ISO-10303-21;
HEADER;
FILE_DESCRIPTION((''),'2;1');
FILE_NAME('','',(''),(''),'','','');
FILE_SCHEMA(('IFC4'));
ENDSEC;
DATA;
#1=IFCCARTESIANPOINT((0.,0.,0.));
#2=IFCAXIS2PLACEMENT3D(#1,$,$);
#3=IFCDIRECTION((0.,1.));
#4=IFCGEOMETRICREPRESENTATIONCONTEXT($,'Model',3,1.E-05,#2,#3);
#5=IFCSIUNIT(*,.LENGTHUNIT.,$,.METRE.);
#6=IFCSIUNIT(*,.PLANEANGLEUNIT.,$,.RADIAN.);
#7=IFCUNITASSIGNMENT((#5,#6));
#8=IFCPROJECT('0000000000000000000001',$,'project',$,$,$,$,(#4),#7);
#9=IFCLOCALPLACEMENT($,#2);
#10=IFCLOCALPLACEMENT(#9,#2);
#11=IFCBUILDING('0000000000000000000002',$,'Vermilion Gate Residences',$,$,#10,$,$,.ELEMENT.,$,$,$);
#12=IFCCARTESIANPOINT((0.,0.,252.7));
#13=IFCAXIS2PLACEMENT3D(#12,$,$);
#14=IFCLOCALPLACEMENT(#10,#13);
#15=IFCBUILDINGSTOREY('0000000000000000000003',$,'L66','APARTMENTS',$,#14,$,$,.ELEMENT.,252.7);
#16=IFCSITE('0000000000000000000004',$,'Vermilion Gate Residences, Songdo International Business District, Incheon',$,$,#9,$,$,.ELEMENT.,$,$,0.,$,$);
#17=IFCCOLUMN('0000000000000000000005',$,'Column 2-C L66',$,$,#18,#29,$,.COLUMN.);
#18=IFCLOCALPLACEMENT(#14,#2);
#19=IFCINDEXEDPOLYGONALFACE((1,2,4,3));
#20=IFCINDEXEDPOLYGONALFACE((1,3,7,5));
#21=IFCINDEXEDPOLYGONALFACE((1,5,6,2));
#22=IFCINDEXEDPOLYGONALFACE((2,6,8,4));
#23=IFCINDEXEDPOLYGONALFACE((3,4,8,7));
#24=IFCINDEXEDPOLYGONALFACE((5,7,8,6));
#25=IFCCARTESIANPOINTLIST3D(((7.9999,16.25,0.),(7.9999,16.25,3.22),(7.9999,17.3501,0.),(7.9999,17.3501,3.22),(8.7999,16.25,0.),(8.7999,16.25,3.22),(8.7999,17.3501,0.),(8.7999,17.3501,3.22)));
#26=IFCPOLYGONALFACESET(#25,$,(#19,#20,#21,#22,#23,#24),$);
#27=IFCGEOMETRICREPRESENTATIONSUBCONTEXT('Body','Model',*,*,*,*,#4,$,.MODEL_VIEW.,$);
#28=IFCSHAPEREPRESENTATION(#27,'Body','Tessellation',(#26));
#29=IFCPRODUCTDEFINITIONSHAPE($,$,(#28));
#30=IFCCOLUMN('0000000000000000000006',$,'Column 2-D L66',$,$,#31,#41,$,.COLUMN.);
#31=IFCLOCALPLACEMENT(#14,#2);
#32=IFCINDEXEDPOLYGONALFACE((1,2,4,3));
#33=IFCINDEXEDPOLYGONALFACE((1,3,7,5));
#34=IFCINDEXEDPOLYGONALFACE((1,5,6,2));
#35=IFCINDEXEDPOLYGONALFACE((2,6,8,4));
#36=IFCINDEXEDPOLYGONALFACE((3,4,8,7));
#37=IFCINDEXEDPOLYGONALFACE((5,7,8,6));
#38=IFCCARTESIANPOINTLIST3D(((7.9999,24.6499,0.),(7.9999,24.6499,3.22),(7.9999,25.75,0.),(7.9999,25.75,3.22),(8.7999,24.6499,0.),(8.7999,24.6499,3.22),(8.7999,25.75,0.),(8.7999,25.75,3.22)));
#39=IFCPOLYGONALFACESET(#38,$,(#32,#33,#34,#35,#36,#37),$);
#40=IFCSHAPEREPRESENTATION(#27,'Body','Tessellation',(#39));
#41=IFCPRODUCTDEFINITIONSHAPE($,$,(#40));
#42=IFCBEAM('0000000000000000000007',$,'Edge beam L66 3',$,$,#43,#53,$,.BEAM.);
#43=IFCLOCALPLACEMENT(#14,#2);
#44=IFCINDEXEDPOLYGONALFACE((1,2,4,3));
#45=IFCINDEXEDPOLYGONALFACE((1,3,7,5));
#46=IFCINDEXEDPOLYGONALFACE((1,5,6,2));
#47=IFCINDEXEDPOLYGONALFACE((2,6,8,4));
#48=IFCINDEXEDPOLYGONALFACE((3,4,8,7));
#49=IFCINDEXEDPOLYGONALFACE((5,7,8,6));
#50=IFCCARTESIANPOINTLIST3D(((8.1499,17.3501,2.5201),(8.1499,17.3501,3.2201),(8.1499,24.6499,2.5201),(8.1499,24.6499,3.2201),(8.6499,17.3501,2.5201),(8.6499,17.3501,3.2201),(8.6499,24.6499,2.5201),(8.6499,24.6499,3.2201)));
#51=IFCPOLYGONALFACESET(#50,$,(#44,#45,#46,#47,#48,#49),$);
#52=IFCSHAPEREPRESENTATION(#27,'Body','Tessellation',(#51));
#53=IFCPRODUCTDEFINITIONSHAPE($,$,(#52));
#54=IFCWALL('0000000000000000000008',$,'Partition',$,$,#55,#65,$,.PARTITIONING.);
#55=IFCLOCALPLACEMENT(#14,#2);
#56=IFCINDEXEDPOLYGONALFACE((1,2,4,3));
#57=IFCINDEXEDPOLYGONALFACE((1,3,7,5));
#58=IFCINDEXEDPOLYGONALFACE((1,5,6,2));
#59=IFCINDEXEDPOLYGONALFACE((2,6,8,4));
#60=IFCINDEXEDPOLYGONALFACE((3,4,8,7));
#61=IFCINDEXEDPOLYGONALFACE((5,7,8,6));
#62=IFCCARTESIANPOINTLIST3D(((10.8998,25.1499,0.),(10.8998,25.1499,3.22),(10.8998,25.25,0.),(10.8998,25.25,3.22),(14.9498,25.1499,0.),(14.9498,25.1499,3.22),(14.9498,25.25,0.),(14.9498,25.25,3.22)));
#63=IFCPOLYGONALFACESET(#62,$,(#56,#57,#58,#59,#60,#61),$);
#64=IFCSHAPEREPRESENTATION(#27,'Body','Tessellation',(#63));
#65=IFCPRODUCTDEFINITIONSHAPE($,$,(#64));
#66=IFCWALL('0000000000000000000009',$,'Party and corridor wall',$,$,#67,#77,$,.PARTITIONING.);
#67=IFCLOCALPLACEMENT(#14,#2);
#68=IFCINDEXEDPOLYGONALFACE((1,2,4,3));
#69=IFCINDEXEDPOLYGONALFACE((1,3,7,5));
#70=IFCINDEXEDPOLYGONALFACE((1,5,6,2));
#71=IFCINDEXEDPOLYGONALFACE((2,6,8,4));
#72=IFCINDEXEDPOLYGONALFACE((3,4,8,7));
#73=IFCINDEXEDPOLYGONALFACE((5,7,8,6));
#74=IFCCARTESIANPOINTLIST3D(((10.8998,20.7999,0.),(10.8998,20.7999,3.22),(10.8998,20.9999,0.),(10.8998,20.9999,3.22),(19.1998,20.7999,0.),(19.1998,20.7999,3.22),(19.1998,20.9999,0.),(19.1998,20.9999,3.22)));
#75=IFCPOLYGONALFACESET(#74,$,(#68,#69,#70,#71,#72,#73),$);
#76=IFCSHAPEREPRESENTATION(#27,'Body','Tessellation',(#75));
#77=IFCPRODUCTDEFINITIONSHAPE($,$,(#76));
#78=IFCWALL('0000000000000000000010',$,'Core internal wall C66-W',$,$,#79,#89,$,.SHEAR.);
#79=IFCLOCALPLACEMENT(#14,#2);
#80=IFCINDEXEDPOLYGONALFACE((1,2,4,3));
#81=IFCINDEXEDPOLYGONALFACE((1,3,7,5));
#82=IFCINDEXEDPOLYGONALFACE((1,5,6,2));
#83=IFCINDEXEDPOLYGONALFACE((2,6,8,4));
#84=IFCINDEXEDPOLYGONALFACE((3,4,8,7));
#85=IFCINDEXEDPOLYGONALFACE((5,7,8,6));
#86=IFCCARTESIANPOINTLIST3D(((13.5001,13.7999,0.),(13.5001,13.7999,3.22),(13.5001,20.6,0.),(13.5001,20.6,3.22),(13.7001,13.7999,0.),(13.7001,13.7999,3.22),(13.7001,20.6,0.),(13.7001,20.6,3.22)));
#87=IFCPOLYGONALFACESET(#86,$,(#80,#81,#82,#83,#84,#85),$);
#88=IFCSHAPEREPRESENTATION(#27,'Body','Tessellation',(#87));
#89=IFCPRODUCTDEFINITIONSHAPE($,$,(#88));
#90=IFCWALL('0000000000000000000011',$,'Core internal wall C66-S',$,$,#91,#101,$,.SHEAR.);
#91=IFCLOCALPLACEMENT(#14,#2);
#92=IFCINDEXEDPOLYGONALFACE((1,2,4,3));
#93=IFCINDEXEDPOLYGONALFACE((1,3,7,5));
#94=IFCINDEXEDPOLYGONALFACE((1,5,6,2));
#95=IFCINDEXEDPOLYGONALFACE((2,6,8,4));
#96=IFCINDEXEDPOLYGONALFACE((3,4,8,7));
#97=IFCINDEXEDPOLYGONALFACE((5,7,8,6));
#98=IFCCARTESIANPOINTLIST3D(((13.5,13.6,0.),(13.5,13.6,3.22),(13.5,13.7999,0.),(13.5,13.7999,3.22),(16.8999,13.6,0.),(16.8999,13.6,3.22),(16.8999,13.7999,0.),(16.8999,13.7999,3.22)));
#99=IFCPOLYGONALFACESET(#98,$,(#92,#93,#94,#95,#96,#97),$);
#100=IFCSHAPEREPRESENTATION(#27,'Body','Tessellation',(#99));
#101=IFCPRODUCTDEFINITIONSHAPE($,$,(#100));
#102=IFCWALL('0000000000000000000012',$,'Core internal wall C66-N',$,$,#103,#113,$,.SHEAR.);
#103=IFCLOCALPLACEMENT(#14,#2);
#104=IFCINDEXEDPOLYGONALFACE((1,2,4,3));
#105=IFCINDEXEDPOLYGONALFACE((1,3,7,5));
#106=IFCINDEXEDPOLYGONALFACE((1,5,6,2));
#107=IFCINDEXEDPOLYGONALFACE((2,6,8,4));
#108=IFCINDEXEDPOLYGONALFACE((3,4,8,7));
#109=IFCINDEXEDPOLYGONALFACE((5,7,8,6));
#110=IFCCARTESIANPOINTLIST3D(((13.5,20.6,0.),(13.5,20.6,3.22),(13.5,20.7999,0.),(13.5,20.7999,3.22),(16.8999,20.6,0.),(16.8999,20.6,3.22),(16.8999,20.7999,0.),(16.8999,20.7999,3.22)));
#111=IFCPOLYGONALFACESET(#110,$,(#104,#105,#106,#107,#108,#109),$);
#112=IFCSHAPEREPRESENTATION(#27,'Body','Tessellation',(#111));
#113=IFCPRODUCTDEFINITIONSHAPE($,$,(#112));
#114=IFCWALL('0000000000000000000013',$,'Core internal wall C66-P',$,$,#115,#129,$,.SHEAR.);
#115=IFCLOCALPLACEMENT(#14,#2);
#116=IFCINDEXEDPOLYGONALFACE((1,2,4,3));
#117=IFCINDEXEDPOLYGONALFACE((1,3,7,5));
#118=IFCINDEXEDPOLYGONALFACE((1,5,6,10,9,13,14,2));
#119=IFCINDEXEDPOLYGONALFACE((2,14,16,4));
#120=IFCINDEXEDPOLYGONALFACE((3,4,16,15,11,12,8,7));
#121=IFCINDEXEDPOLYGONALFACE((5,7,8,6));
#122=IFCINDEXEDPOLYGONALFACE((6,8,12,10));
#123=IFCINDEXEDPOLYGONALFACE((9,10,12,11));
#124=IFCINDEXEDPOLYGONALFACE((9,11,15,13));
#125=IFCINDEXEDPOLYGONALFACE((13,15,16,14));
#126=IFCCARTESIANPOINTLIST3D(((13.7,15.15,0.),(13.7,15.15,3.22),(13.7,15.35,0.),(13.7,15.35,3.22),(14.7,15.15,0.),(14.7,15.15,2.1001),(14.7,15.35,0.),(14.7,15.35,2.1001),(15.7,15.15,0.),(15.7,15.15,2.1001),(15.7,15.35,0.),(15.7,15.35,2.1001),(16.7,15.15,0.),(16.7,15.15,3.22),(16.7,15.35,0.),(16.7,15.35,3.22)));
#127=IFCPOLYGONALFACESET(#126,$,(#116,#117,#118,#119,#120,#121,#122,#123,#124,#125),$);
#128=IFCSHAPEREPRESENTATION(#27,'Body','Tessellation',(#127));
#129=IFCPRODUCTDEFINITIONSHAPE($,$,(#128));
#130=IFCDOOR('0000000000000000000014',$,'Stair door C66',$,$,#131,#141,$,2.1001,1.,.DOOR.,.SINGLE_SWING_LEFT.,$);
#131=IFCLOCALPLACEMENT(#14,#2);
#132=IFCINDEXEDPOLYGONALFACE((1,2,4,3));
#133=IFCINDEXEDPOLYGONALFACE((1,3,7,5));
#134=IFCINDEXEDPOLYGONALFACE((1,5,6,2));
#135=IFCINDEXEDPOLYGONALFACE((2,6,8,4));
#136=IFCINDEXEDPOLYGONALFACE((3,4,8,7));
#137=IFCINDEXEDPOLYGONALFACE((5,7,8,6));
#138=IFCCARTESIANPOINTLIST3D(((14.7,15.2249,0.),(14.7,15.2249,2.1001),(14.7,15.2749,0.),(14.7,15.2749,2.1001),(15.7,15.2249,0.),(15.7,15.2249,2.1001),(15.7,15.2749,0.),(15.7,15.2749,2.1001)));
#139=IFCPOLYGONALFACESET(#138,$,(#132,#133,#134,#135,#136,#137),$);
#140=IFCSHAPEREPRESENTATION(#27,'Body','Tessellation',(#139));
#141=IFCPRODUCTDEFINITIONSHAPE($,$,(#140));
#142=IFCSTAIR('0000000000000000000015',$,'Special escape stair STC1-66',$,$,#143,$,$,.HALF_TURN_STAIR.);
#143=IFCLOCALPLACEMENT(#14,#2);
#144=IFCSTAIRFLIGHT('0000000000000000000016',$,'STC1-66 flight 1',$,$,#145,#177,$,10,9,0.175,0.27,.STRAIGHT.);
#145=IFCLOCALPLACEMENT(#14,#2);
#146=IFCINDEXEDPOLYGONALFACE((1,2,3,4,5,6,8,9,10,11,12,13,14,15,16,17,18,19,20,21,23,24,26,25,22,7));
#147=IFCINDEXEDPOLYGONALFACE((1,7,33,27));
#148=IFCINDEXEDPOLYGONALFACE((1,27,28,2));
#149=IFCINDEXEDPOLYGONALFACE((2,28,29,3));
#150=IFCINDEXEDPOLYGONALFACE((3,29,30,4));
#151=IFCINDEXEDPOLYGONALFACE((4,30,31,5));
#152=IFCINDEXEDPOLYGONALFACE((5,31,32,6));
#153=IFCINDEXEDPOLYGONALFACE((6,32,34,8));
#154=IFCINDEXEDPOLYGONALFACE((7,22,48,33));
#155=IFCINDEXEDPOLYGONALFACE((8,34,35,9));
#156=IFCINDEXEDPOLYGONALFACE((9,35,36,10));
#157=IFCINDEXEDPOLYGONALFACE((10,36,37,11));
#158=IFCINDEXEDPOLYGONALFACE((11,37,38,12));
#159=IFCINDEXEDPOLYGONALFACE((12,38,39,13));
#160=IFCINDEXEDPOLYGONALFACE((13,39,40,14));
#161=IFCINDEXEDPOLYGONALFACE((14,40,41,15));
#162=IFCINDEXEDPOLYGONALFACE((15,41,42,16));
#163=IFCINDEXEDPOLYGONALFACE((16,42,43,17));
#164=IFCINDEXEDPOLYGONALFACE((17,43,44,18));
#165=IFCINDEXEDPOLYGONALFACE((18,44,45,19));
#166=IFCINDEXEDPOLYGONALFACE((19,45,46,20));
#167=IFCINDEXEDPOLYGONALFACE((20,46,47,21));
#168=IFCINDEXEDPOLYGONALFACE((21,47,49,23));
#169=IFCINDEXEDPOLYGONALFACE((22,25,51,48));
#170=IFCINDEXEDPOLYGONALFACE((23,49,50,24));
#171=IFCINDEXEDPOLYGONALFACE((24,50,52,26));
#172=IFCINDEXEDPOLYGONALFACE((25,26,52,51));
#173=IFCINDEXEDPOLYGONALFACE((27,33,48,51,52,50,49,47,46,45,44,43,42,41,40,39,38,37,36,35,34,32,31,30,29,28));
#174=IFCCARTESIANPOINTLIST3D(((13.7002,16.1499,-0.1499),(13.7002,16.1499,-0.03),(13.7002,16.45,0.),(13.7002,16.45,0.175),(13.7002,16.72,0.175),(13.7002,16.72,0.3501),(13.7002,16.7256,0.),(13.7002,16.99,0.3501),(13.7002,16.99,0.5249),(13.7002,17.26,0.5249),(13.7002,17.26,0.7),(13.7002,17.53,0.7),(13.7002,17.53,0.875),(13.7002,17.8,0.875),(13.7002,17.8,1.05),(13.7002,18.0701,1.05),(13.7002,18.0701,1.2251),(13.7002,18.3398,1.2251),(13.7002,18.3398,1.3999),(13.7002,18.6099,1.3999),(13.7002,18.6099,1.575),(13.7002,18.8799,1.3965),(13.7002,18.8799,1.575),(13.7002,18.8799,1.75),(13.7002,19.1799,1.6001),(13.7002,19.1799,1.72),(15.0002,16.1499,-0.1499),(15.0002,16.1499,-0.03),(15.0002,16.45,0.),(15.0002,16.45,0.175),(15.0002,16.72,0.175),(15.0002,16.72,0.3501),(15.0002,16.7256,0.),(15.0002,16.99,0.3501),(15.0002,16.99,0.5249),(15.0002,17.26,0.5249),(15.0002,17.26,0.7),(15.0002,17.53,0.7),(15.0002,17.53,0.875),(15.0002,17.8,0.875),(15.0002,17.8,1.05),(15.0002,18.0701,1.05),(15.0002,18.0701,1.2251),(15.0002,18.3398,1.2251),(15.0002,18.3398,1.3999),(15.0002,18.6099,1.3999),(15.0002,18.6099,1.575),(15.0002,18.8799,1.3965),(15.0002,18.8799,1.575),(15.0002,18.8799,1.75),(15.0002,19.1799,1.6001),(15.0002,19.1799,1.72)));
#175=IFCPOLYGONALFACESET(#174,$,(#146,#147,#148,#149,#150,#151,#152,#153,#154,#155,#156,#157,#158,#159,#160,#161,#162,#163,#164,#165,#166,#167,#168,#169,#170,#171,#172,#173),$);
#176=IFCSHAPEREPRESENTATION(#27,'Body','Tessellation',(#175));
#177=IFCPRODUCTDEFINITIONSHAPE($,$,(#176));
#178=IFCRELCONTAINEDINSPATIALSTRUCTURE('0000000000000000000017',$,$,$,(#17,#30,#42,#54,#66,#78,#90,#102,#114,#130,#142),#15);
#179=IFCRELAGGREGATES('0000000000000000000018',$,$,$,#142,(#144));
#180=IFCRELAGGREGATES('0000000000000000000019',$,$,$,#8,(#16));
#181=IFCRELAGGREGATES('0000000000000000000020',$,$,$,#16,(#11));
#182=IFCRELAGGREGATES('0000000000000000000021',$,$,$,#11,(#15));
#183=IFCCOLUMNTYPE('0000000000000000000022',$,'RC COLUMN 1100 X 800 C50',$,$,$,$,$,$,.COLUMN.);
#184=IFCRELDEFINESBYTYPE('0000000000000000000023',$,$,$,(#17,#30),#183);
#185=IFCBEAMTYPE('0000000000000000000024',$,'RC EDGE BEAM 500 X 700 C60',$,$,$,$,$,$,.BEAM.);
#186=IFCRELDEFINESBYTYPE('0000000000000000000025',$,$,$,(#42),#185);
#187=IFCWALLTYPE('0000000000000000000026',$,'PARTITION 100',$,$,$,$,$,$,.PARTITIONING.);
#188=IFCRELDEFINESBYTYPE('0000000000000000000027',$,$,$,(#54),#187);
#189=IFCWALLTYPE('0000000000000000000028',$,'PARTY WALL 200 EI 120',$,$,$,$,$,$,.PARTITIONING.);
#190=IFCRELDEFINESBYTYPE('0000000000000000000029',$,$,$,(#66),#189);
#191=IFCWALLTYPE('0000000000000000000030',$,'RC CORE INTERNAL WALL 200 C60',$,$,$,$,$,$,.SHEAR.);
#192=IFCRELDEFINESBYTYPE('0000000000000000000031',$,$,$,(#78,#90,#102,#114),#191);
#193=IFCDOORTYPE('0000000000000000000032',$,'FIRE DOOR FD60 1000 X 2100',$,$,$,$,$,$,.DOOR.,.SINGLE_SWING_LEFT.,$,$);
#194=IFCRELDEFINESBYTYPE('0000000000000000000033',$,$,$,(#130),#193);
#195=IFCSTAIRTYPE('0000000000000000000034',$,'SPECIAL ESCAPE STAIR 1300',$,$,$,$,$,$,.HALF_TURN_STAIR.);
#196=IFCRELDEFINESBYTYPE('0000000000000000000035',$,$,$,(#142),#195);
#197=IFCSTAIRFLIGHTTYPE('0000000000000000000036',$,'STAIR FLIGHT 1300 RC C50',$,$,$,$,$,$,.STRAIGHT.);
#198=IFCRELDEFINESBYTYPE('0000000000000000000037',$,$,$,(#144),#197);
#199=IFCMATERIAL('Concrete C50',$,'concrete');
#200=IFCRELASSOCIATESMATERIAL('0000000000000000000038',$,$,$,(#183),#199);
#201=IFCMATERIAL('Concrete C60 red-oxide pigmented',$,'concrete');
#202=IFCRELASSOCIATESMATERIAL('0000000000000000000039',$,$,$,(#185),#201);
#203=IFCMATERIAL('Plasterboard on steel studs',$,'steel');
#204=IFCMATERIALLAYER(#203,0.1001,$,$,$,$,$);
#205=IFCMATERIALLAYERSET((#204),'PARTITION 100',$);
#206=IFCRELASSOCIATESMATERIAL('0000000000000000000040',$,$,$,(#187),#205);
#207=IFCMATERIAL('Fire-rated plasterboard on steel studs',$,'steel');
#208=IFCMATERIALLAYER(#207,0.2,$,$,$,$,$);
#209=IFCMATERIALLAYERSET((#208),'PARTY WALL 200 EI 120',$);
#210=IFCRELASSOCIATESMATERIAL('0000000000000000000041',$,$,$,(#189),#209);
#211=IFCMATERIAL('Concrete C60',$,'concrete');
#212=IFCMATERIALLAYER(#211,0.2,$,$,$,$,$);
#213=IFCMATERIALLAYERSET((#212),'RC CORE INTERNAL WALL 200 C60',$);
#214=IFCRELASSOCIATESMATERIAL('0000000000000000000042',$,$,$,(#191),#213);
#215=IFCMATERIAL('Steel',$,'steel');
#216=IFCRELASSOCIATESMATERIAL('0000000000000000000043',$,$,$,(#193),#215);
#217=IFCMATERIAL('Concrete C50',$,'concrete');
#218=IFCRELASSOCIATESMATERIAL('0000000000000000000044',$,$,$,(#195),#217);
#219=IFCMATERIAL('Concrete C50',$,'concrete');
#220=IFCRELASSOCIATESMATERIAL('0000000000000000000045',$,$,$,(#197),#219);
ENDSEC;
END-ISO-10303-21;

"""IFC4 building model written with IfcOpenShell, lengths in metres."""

from ifc_helpers import new_model, si_unit, direction, frame, frame_2d, origin, origin_2d, place, context, subcontext, project, spatial, polyline, rectangle, outline, extrude, material, layer, layer_set, material_profile, profile_set, type_object, element, fill, aggregate, save


model = new_model("IFC4")

# Units and contexts
model_context = context("Model", 3, precision=1e-05, world=origin(), true_north=direction((0.0, 1.0)))
body_context = subcontext(model_context, "Body", "Model", "MODEL_VIEW")
ifc_project = project(units=[si_unit("LENGTHUNIT", "METRE"), si_unit("PLANEANGLEUNIT", "RADIAN")], contexts=[model_context])

# Site, building, storey
site_placement = place(None, origin())
site = spatial("IfcSite", under=ifc_project, at=site_placement, Name="Vermilion Gate Residences, Songdo International Business District, Incheon", CompositionType="ELEMENT", RefElevation=0.0)
building_placement = place(site_placement, origin())
building = spatial("IfcBuilding", under=site, at=building_placement, Name="Vermilion Gate Residences", CompositionType="ELEMENT")
storey_placement = place(building_placement, frame((0.0, 0.0, 252.7)))
storey = spatial("IfcBuildingStorey", under=building, at=storey_placement, Name="L66", Description="APARTMENTS", CompositionType="ELEMENT", Elevation=252.7)

# Columns
ifc_material_1 = material(Name="Concrete C50", Category="concrete")
ifc_material_profile_1 = material_profile(ifc_material_1, rectangle(XDim=1.1001, YDim=0.8, at=origin_2d()), Name="RC-1100x800")
ifc_profile_set_1 = profile_set([ifc_material_profile_1], Name="Concrete C50")
column_type = type_object("IfcColumnType", Name="RC COLUMN 1100 X 800 C50", PredefinedType="COLUMN", material=ifc_profile_set_1)
for number, where, z_axis, x_axis, name in (
    (1, (8.3999, 16.8, 0.0), (0.0, 0.0, 1.0), (0.0, 1.0, 0.0), "Column 2-C L66"),
    (2, (8.3999, 25.2, 0.0), (0.0, 0.0, 1.0), (0.0, 1.0, 0.0), "Column 2-D L66"),
):
    element("IfcColumn", number, at=place(storey_placement, frame(where, z_axis=z_axis, x_axis=x_axis)), inside=storey, type_object=column_type, Name=name, PredefinedType="COLUMN", context=body_context, shape_type="SweptSolid", body=[
        extrude(rectangle(XDim=1.1001, YDim=0.8, at=origin_2d()), origin(), (0.0, 0.0, 1.0), 3.22),
    ])

# Beam
ifc_material_2 = material(Name="Concrete C60 red-oxide pigmented", Category="concrete")
ifc_material_profile_2 = material_profile(ifc_material_2, rectangle(XDim=0.5, YDim=0.7, at=origin_2d()), Name="RC-500x700")
ifc_profile_set_2 = profile_set([ifc_material_profile_2], Name="Concrete C60 red-oxide pigmented")
beam_type = type_object("IfcBeamType", Name="RC EDGE BEAM 500 X 700 C60", PredefinedType="BEAM", material=ifc_profile_set_2)
beam_placement = place(storey_placement, frame((8.3999, 17.3501, 2.8701), z_axis=(0.0, 1.0, 0.0), x_axis=(-1.0, 0.0, 0.0)))
element("IfcBeam", 3, at=beam_placement, inside=storey, type_object=beam_type, Name="Edge beam L66 3", PredefinedType="BEAM", context=body_context, shape_type="SweptSolid", body=[
    extrude(rectangle(XDim=0.5, YDim=0.7, at=origin_2d()), origin(), (0.0, 0.0, 1.0), 7.2998),
])

# Walls
ifc_material_3 = material(Name="Plasterboard on steel studs", Category="steel")
ifc_layer_1 = layer(ifc_material_3, 0.1001)
ifc_layer_set_1 = layer_set([ifc_layer_1], Name="PARTITION 100")
wall_type_1 = type_object("IfcWallType", Name="PARTITION 100", PredefinedType="PARTITIONING", material=ifc_layer_set_1)
wall_1_placement = place(storey_placement, frame((10.8999, 25.2, 0.0), z_axis=(0.0, 0.0, 1.0), x_axis=(1.0, 0.0, 0.0)))
element("IfcWall", 4, at=wall_1_placement, inside=storey, type_object=wall_type_1, Name="Partition", PredefinedType="PARTITIONING", context=body_context, shape_type="SweptSolid", body=[
    extrude(rectangle(XDim=4.05, YDim=0.1001, at=frame_2d((2.0249, 0.0))), origin(), (0.0, 0.0, 1.0), 3.22),
])
ifc_material_4 = material(Name="Fire-rated plasterboard on steel studs", Category="steel")
ifc_layer_2 = layer(ifc_material_4, 0.2)
ifc_layer_set_2 = layer_set([ifc_layer_2], Name="PARTY WALL 200 EI 120")
wall_type_2 = type_object("IfcWallType", Name="PARTY WALL 200 EI 120", PredefinedType="PARTITIONING", material=ifc_layer_set_2)
wall_2_placement = place(storey_placement, frame((10.8999, 20.8999, 0.0), z_axis=(0.0, 0.0, 1.0), x_axis=(1.0, 0.0, 0.0)))
element("IfcWall", 5, at=wall_2_placement, inside=storey, type_object=wall_type_2, Name="Party and corridor wall", PredefinedType="PARTITIONING", context=body_context, shape_type="SweptSolid", body=[
    extrude(rectangle(XDim=8.3, YDim=0.2, at=frame_2d((4.1499, 0.0))), origin(), (0.0, 0.0, 1.0), 3.22),
])
ifc_material_5 = material(Name="Concrete C60", Category="concrete")
ifc_layer_3 = layer(ifc_material_5, 0.2)
ifc_layer_set_3 = layer_set([ifc_layer_3], Name="RC CORE INTERNAL WALL 200 C60")
wall_type_3 = type_object("IfcWallType", Name="RC CORE INTERNAL WALL 200 C60", PredefinedType="SHEAR", material=ifc_layer_set_3)
wall_3_placement = place(storey_placement, frame((13.6001, 13.8, 0.0), z_axis=(0.0, 0.0, 1.0), x_axis=(0.0, 1.0, 0.0)))
element("IfcWall", 6, at=wall_3_placement, inside=storey, type_object=wall_type_3, Name="Core internal wall C66-W", PredefinedType="SHEAR", context=body_context, shape_type="SweptSolid", body=[
    extrude(rectangle(XDim=6.8, YDim=0.2, at=frame_2d((3.3999, 0.0))), origin(), (0.0, 0.0, 1.0), 3.22),
])
for number, where, z_axis, x_axis, name in (
    (7, (13.5, 13.7, 0.0), (0.0, 0.0, 1.0), (1.0, 0.0, 0.0), "Core internal wall C66-S"),
    (8, (13.5, 20.7, 0.0), (0.0, 0.0, 1.0), (1.0, 0.0, 0.0), "Core internal wall C66-N"),
):
    element("IfcWall", number, at=place(storey_placement, frame(where, z_axis=z_axis, x_axis=x_axis)), inside=storey, type_object=wall_type_3, Name=name, PredefinedType="SHEAR", context=body_context, shape_type="SweptSolid", body=[
        extrude(rectangle(XDim=3.3999, YDim=0.2, at=frame_2d((1.7, 0.0))), origin(), (0.0, 0.0, 1.0), 3.22),
    ])

# Wall, opening, door
wall_4_placement = place(storey_placement, frame((13.7, 15.25, 0.0), z_axis=(0.0, 0.0, 1.0), x_axis=(1.0, 0.0, 0.0)))
wall_4 = element("IfcWall", 9, at=wall_4_placement, inside=storey, type_object=wall_type_3, Name="Core internal wall C66-P", PredefinedType="SHEAR", context=body_context, shape_type="SweptSolid", body=[
    extrude(rectangle(XDim=3.0, YDim=0.2, at=frame_2d((1.5, 0.0))), origin(), (0.0, 0.0, 1.0), 3.22),
])
opening_placement = place(wall_4_placement, frame((1.0, 0.0, 0.0)))
opening = element("IfcOpeningElement", 10, at=opening_placement, cuts=wall_4, PredefinedType="OPENING", context=body_context, shape_type="SweptSolid", body=[
    extrude(rectangle(XDim=1.0, YDim=2.1001, at=frame_2d((0.5, 1.05))), frame((0.0, 0.1099, 0.0), z_axis=(0.0, -1.0, 0.0), x_axis=(1.0, 0.0, 0.0)), (0.0, 0.0, 1.0), 0.22),
])
ifc_material_6 = material(Name="Steel", Category="steel")
door_type = type_object("IfcDoorType", Name="FIRE DOOR FD60 1000 X 2100", OperationType="SINGLE_SWING_LEFT", PredefinedType="DOOR", material=ifc_material_6)
door_placement = place(opening_placement, origin())
door = element("IfcDoor", 11, at=door_placement, inside=storey, type_object=door_type, Name="Stair door C66", OperationType="SINGLE_SWING_LEFT", OverallHeight=2.1001, OverallWidth=1.0, PredefinedType="DOOR", context=body_context, shape_type="SweptSolid", body=[
    extrude(rectangle(XDim=1.0, YDim=2.1001, at=frame_2d((0.5, 1.05))), frame((0.0, 0.0249, 0.0), z_axis=(0.0, -1.0, 0.0), x_axis=(1.0, 0.0, 0.0)), (0.0, 0.0, 1.0), 0.05),
])
fill(opening, door)

# Stair, stair flight
ifc_material_7 = material(Name="Concrete C50", Category="concrete")
stair_type = type_object("IfcStairType", Name="SPECIAL ESCAPE STAIR 1300", PredefinedType="HALF_TURN_STAIR", material=ifc_material_7)
stair_placement = place(storey_placement, origin())
stair = element("IfcStair", 12, at=stair_placement, inside=storey, type_object=stair_type, Name="Special escape stair STC1-66", PredefinedType="HALF_TURN_STAIR")
ifc_material_8 = material(Name="Concrete C50", Category="concrete")
stair_flight_type = type_object("IfcStairFlightType", Name="STAIR FLIGHT 1300 RC C50", PredefinedType="STRAIGHT", material=ifc_material_8)
stair_flight_placement = place(storey_placement, frame((14.3501, 16.45, 0.0), z_axis=(0.0, 0.0, 1.0), x_axis=(0.0, 1.0, 0.0)))
stair_flight = element("IfcStairFlight", 13, at=stair_flight_placement, type_object=stair_flight_type, Name="STC1-66 flight 1", NumberOfRisers=10, NumberOfTreads=9, PredefinedType="STRAIGHT", RiserHeight=0.175, TreadLength=0.27, context=body_context, shape_type="SweptSolid", body=[
    extrude(outline(polyline([(-0.3, -0.1499), (-0.3, -0.03), (0.0, 0.0), (0.0, 0.175), (0.27, 0.175), (0.27, 0.3501), (0.54, 0.3501), (0.54, 0.5249), (0.8101, 0.5249), (0.8101, 0.7), (1.0801, 0.7), (1.0801, 0.875), (1.3501, 0.875), (1.3501, 1.05), (1.6201, 1.05), (1.6201, 1.2251), (1.8899, 1.2251), (1.8899, 1.3999), (2.1599, 1.3999), (2.1599, 1.575), (2.4299, 1.575), (2.4299, 1.75), (2.73, 1.72), (2.73, 1.6001), (2.4299, 1.3965), (0.2756, 0.0), (-0.3, -0.1499)])), frame((0.0, 0.6499, 0.0), z_axis=(0.0, -1.0, 0.0), x_axis=(1.0, 0.0, 0.0)), (0.0, 0.0, 1.0), 1.3),
])
aggregate(stair, [stair_flight])

save(model, "model.ifc")
